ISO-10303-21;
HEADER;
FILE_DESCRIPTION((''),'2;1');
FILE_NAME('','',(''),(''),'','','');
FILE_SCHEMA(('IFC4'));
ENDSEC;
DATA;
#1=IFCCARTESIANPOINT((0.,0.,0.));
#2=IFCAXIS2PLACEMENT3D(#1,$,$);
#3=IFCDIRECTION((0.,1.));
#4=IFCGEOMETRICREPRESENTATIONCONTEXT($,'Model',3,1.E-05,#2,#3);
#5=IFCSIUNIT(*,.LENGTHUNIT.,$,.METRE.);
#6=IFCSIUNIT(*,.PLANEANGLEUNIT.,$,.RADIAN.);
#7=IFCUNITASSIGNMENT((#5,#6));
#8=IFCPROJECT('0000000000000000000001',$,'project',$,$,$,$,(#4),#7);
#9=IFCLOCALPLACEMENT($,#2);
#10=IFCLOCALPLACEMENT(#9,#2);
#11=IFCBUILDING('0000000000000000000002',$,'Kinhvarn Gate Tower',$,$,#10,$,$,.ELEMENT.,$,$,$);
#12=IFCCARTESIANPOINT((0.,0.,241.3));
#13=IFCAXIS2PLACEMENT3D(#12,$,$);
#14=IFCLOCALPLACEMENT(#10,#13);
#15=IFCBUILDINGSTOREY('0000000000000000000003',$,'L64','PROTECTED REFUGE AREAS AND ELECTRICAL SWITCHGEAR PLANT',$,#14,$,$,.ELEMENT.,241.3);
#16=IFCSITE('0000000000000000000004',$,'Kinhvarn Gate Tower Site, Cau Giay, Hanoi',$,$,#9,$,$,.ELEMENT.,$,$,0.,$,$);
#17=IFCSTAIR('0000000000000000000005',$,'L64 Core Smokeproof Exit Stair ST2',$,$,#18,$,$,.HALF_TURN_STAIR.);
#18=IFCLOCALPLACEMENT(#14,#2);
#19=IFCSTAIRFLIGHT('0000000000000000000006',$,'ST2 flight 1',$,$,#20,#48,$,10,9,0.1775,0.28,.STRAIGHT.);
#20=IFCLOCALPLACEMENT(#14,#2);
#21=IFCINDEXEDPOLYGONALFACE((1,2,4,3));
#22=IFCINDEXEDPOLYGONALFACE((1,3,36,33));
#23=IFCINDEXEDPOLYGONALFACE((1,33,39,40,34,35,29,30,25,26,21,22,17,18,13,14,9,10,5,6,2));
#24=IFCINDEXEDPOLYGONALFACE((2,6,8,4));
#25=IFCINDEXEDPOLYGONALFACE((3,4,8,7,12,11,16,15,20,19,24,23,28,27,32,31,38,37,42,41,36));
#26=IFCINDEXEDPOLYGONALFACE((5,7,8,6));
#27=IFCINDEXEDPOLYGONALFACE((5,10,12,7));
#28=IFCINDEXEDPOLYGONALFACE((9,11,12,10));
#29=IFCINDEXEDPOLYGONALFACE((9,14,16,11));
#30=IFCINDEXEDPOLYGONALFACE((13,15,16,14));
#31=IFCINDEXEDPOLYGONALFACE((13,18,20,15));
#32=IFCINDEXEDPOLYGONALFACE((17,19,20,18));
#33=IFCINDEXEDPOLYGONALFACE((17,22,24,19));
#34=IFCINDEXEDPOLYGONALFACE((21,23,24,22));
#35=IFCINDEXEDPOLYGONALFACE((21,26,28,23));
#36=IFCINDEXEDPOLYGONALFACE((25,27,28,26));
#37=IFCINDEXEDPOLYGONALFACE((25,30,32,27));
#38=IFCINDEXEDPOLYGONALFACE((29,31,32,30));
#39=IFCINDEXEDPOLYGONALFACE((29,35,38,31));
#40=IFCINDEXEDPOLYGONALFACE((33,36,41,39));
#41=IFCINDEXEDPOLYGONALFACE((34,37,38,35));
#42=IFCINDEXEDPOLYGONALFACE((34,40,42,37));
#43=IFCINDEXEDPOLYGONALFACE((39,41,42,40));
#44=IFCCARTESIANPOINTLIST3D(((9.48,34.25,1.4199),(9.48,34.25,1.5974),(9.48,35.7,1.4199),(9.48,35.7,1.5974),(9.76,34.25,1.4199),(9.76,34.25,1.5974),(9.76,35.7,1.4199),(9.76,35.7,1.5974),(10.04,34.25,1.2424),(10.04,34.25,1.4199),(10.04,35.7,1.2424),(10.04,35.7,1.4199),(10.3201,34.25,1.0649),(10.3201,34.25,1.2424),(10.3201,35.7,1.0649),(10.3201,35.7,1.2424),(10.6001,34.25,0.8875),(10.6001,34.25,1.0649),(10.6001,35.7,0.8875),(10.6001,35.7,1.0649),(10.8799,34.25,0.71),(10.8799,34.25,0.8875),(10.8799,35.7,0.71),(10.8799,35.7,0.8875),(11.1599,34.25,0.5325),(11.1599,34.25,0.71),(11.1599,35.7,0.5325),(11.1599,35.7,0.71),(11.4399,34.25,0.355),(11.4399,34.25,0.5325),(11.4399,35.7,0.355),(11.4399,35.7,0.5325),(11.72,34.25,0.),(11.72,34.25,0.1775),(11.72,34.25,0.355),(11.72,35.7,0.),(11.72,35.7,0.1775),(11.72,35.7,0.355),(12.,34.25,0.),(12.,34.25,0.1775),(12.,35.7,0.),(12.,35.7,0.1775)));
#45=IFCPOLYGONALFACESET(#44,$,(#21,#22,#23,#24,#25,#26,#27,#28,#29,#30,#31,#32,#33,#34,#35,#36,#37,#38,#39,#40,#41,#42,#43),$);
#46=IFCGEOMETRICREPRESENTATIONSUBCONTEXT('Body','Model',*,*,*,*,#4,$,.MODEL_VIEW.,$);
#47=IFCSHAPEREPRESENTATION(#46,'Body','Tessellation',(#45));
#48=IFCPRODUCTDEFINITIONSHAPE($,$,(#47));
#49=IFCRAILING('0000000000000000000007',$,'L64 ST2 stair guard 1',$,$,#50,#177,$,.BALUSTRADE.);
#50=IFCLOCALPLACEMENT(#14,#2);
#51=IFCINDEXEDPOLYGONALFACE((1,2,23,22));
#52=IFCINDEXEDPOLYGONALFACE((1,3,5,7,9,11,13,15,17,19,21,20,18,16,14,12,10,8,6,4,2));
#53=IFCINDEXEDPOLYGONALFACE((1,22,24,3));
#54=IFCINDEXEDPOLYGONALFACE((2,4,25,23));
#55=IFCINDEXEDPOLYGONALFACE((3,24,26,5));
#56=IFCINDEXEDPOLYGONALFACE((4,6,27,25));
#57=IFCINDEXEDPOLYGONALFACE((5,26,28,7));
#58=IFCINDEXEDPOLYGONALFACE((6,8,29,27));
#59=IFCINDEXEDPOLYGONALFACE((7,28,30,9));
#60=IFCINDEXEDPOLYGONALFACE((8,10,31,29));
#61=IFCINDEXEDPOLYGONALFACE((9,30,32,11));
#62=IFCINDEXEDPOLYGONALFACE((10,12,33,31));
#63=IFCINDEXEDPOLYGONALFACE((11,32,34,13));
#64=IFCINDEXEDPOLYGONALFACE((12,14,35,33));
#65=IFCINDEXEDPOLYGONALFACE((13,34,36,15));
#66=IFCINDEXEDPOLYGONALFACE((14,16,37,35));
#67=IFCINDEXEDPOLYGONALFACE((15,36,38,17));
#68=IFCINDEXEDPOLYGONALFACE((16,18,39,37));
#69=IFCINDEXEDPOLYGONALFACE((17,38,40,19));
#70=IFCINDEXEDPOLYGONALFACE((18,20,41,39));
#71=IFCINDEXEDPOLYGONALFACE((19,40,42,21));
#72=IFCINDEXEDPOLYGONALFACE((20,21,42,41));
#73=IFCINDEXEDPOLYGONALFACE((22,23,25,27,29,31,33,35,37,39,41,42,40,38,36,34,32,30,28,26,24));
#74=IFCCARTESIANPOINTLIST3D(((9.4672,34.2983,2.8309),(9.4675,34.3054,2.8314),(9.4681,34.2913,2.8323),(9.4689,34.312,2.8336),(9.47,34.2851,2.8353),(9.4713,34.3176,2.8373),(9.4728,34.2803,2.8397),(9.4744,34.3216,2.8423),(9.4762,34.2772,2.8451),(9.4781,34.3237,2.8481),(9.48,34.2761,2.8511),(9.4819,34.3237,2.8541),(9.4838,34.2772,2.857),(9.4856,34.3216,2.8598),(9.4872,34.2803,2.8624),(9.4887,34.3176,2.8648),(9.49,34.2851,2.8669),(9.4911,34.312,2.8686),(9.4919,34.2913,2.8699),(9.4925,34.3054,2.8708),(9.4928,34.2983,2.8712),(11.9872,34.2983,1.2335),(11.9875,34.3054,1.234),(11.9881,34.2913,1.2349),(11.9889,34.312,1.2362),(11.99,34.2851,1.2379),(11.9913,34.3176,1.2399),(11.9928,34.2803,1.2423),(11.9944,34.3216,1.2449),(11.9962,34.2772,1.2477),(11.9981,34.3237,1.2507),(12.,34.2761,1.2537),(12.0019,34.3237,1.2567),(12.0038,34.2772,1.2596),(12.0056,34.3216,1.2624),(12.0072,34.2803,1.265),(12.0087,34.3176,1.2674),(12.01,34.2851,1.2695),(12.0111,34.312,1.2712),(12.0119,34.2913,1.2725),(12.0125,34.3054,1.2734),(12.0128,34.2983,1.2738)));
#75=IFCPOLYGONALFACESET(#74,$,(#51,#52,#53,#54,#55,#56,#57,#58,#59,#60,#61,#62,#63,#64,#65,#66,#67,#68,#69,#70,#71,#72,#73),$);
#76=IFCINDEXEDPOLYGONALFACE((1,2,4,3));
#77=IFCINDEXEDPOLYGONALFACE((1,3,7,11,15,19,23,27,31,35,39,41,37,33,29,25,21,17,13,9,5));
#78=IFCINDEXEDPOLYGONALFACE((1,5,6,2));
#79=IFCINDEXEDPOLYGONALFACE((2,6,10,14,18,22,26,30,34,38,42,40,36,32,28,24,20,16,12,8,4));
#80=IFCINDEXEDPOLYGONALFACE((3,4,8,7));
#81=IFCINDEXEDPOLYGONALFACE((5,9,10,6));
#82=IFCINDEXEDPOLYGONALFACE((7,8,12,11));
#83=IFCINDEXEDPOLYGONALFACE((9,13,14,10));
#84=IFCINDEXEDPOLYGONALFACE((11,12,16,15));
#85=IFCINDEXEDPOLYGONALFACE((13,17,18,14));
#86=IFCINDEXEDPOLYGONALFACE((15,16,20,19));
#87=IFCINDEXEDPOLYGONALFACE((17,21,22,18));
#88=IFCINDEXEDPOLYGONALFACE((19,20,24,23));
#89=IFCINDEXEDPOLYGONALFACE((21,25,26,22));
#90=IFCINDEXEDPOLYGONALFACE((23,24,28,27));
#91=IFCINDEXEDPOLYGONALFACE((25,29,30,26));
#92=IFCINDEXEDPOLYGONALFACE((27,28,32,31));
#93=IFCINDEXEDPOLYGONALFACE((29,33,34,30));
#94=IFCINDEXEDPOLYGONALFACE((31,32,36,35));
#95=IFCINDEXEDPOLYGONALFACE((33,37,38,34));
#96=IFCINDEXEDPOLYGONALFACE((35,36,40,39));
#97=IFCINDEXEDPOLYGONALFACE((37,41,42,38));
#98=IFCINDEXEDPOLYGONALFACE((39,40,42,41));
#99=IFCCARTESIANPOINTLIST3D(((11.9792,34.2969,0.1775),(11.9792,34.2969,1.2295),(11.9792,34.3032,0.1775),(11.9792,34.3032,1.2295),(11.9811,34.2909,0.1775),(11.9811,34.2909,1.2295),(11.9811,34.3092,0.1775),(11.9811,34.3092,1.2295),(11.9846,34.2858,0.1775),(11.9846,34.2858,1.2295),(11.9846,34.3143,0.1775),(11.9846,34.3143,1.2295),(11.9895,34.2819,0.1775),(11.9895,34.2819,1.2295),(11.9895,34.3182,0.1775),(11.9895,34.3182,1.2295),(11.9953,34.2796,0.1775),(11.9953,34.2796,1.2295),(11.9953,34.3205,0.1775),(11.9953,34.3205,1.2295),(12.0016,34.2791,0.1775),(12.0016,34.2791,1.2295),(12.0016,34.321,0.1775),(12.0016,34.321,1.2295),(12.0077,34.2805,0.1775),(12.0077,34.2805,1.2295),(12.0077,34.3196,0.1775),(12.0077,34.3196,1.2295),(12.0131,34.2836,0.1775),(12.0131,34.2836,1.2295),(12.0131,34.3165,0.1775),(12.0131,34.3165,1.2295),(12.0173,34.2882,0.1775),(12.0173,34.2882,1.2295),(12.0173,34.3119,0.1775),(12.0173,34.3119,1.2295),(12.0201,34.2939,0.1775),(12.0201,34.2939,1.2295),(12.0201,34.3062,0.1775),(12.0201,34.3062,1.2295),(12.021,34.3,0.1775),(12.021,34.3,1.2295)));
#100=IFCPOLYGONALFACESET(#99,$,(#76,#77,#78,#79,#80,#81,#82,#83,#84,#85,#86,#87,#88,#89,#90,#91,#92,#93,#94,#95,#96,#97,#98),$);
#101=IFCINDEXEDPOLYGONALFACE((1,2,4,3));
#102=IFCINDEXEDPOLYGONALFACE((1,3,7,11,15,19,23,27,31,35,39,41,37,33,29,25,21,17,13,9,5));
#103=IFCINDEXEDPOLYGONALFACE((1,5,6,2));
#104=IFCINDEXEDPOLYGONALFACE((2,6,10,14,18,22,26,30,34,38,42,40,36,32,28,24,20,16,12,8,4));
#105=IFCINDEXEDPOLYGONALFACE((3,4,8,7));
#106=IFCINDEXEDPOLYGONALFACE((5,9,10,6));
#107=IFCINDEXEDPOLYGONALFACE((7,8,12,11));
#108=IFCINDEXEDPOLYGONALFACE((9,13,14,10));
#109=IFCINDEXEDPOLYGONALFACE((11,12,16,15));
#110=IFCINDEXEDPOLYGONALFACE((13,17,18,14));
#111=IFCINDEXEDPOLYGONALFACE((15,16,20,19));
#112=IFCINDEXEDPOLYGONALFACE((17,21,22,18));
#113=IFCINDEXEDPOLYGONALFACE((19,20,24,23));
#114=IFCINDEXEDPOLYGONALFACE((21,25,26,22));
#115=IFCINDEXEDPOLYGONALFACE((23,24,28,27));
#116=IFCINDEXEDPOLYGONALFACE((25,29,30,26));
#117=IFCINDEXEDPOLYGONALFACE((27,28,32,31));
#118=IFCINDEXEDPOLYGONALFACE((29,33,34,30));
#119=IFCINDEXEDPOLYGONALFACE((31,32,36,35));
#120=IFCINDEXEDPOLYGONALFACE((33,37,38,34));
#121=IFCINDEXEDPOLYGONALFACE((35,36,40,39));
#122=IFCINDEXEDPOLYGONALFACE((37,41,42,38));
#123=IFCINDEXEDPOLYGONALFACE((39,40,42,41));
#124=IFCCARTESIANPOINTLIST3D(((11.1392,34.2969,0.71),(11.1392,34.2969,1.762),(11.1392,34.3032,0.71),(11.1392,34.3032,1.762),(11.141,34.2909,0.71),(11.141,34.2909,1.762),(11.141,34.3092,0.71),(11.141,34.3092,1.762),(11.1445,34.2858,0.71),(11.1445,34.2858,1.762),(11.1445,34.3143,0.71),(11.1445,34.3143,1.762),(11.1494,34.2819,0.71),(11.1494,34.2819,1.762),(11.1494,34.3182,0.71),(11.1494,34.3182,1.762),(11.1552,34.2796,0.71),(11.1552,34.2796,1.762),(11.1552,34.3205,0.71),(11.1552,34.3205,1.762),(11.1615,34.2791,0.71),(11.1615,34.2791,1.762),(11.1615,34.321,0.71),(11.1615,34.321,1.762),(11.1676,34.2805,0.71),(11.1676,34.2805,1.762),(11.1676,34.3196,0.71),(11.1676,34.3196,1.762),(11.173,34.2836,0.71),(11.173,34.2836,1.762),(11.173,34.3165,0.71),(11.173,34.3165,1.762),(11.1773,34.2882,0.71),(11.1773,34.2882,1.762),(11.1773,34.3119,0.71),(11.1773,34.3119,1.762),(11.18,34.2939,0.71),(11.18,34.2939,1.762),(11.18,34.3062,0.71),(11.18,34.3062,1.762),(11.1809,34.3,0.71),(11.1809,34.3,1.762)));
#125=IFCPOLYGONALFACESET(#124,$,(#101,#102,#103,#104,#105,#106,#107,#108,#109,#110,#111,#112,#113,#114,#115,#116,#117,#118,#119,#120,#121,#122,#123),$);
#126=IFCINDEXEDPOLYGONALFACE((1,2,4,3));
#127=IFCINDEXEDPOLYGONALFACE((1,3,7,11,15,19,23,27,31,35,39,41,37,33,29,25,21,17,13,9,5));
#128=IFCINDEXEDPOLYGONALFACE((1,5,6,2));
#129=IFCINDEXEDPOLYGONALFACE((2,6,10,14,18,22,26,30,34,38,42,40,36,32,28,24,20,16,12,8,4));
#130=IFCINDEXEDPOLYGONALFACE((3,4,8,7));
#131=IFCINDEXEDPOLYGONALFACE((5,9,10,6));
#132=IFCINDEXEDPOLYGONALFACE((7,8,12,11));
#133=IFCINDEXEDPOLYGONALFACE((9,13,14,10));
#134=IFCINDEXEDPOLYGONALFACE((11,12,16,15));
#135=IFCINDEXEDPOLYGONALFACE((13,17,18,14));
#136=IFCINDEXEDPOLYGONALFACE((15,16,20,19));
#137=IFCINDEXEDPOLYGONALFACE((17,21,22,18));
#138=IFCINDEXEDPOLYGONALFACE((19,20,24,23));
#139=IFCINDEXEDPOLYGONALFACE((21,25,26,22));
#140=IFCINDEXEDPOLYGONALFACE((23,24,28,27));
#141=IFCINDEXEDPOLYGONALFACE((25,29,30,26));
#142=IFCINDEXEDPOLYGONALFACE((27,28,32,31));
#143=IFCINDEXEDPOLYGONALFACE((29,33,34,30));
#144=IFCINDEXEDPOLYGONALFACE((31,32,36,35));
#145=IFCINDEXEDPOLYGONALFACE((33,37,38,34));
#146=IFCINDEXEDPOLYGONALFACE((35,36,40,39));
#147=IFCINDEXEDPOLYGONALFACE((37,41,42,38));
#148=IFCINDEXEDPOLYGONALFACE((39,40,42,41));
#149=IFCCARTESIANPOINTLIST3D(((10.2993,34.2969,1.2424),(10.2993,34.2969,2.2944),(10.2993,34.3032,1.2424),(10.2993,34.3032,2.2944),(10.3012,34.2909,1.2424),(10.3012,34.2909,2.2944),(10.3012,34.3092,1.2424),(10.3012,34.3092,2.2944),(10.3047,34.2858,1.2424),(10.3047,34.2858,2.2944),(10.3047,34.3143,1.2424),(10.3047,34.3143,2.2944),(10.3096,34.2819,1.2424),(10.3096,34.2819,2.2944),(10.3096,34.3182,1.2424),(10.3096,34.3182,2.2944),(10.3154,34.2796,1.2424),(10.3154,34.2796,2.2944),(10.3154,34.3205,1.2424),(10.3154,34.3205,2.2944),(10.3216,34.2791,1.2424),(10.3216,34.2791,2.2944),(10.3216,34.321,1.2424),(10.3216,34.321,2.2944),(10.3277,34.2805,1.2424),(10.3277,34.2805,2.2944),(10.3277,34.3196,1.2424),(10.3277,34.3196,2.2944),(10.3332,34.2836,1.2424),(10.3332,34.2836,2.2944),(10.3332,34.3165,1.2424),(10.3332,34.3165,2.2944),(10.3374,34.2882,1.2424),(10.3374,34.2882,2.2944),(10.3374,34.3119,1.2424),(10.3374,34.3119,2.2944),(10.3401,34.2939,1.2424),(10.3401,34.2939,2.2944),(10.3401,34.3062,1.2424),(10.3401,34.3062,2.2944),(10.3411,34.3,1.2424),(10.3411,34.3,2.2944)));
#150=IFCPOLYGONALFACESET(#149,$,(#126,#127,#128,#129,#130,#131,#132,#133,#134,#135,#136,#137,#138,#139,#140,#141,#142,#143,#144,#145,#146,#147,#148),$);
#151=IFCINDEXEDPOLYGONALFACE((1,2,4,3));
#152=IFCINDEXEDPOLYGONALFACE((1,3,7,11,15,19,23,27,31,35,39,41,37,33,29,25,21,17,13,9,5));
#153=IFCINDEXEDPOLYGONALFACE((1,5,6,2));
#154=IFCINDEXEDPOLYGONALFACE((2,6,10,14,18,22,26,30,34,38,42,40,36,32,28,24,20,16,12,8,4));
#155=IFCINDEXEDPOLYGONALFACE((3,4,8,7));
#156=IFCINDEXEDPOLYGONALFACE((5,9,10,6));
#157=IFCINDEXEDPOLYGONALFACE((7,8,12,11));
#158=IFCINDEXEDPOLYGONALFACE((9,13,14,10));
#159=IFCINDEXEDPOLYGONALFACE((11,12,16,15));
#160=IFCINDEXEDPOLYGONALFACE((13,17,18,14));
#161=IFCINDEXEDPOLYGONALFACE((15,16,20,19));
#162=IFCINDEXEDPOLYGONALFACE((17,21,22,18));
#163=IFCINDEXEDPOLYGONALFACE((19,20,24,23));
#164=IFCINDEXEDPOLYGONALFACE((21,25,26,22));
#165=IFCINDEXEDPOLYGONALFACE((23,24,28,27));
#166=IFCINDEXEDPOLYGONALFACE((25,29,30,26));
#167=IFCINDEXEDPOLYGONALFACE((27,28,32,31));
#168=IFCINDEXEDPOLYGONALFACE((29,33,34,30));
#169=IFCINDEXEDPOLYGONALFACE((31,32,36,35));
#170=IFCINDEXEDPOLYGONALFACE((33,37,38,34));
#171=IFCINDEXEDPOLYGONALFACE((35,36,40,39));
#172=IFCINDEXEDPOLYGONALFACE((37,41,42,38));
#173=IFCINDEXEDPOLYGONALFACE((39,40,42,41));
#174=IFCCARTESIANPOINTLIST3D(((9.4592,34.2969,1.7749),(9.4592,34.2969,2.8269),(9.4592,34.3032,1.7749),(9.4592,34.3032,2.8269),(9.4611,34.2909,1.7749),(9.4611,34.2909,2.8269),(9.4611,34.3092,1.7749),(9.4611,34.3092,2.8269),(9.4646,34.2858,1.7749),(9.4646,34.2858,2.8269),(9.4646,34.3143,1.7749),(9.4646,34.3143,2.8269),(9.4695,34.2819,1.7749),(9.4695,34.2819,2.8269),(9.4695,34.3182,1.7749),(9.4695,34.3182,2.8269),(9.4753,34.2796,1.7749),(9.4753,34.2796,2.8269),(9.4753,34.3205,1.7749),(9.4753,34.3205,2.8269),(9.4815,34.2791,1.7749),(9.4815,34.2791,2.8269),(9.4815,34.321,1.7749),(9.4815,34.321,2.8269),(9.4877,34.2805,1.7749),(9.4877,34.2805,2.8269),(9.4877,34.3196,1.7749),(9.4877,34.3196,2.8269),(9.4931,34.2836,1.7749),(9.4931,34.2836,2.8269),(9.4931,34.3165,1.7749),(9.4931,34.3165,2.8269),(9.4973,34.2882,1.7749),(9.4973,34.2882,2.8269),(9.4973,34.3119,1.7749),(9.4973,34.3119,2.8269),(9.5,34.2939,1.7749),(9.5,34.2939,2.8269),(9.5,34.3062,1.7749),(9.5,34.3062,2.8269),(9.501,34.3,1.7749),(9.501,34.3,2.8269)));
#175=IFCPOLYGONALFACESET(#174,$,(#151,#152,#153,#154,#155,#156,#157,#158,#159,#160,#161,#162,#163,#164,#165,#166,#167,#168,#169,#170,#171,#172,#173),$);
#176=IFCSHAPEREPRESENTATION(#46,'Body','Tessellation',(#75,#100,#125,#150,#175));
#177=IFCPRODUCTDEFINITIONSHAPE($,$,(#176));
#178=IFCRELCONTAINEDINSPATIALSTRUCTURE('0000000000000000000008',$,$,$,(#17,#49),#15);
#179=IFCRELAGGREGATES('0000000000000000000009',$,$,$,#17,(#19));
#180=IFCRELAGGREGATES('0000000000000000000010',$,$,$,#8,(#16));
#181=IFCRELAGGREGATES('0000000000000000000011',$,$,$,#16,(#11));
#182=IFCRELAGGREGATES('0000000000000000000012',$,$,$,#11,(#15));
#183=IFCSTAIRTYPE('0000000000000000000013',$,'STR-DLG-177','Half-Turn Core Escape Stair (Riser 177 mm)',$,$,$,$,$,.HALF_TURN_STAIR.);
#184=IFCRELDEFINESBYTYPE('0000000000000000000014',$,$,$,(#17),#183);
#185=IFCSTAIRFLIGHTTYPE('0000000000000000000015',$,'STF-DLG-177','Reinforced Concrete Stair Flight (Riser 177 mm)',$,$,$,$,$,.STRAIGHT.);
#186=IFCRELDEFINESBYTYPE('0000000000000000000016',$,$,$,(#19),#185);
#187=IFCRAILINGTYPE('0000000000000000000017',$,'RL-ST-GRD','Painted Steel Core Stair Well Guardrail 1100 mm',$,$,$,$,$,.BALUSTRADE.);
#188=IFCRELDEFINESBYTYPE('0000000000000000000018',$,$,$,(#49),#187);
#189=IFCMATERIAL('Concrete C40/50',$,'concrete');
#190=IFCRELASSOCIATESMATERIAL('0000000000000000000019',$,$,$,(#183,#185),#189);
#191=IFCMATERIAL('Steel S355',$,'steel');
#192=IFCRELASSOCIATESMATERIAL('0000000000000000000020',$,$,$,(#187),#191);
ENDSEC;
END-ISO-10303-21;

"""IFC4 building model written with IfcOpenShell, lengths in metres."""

from ifc_helpers import new_model, si_unit, direction, frame, origin, origin_2d, place, context, subcontext, project, spatial, polyline, circle, outline, extrude, material, type_object, element, aggregate, save


model = new_model("IFC4")

# Units and contexts
model_context = context("Model", 3, precision=1e-05, world=origin(), true_north=direction((0.0, 1.0)))
body_context = subcontext(model_context, "Body", "Model", "MODEL_VIEW")
ifc_project = project(units=[si_unit("LENGTHUNIT", "METRE"), si_unit("PLANEANGLEUNIT", "RADIAN")], contexts=[model_context])

# Site, building, storey
site_placement = place(None, origin())
site = spatial("IfcSite", under=ifc_project, at=site_placement, Name="Kinhvarn Gate Tower Site, Cau Giay, Hanoi", CompositionType="ELEMENT", RefElevation=0.0)
building_placement = place(site_placement, origin())
building = spatial("IfcBuilding", under=site, at=building_placement, Name="Kinhvarn Gate Tower", CompositionType="ELEMENT")
storey_placement = place(building_placement, frame((0.0, 0.0, 241.3)))
storey = spatial("IfcBuildingStorey", under=building, at=storey_placement, Name="L64", Description="PROTECTED REFUGE AREAS AND ELECTRICAL SWITCHGEAR PLANT", CompositionType="ELEMENT", Elevation=241.3)

# Shared definitions
ifc_material_1 = material(Name="Steel S355", Category="steel")

# Stair, stair flight
ifc_material_2 = material(Name="Concrete C40/50", Category="concrete")
stair_type = type_object("IfcStairType", Name="STR-DLG-177", Description="Half-Turn Core Escape Stair (Riser 177 mm)", PredefinedType="HALF_TURN_STAIR", material=ifc_material_2)
stair_placement = place(storey_placement, origin())
stair = element("IfcStair", 1, at=stair_placement, inside=storey, type_object=stair_type, Name="L64 Core Smokeproof Exit Stair ST2", PredefinedType="HALF_TURN_STAIR")
stair_flight_type = type_object("IfcStairFlightType", Name="STF-DLG-177", Description="Reinforced Concrete Stair Flight (Riser 177 mm)", PredefinedType="STRAIGHT", material=ifc_material_2)
stair_flight_placement = place(storey_placement, frame((12.0, 34.9751, 0.0), z_axis=(0.0, 0.0, 1.0), x_axis=(-1.0, 0.0, 0.0)))
stair_flight = element("IfcStairFlight", 2, at=stair_flight_placement, type_object=stair_flight_type, Name="ST2 flight 1", NumberOfRisers=10, NumberOfTreads=9, PredefinedType="STRAIGHT", RiserHeight=0.1775, TreadLength=0.28, context=body_context, shape_type="SweptSolid", body=[
    extrude(outline(polyline([(0.0, 0.0), (0.0, 0.1775), (0.28, 0.1775), (0.28, 0.355), (0.5601, 0.355), (0.5601, 0.5325), (0.8401, 0.5325), (0.8401, 0.71), (1.1201, 0.71), (1.1201, 0.8875), (1.3999, 0.8875), (1.3999, 1.0649), (1.6799, 1.0649), (1.6799, 1.2424), (1.96, 1.2424), (1.96, 1.4199), (2.24, 1.4199), (2.24, 1.5974), (2.52, 1.5974), (2.52, 1.7749), (2.52, 1.4199), (0.28, 0.0), (0.0, 0.0)])), frame((0.0, 0.7251, 0.0), z_axis=(0.0, -1.0, 0.0), x_axis=(1.0, 0.0, 0.0)), (0.0, 0.0, 1.0), 1.45),
])
aggregate(stair, [stair_flight])

# Railing
railing_type_1 = type_object("IfcRailingType", Name="RL-ST-GRD", Description="Painted Steel Core Stair Well Guardrail 1100 mm", PredefinedType="BALUSTRADE", material=ifc_material_1)
railing_1_placement = place(storey_placement, frame((12.0, 34.3, 0.1775)))
element("IfcRailing", 3, at=railing_1_placement, inside=storey, type_object=railing_type_1, Name="L64 ST2 stair guard 1", PredefinedType="BALUSTRADE", context=body_context, shape_type="SweptSolid", body=[
    extrude(circle(Radius=0.0239, at=origin_2d()), frame((0.0, 0.0, 1.0762), z_axis=(-0.844607, 0.0, 0.535387), x_axis=(0.0, -1.0, 0.0)), (0.0, 0.0, 1.0), 2.9836),
    extrude(circle(Radius=0.021, at=origin_2d()), origin(), (0.0, 0.0, 1.0), 1.052),
    extrude(circle(Radius=0.021, at=origin_2d()), frame((-0.8401, 0.0, 0.5325)), (0.0, 0.0, 1.0), 1.052),
    extrude(circle(Radius=0.021, at=origin_2d()), frame((-1.6799, 0.0, 1.0649)), (0.0, 0.0, 1.0), 1.052),
    extrude(circle(Radius=0.021, at=origin_2d()), frame((-2.52, 0.0, 1.5974)), (0.0, 0.0, 1.0), 1.052),
])

save(model, "model.ifc")
